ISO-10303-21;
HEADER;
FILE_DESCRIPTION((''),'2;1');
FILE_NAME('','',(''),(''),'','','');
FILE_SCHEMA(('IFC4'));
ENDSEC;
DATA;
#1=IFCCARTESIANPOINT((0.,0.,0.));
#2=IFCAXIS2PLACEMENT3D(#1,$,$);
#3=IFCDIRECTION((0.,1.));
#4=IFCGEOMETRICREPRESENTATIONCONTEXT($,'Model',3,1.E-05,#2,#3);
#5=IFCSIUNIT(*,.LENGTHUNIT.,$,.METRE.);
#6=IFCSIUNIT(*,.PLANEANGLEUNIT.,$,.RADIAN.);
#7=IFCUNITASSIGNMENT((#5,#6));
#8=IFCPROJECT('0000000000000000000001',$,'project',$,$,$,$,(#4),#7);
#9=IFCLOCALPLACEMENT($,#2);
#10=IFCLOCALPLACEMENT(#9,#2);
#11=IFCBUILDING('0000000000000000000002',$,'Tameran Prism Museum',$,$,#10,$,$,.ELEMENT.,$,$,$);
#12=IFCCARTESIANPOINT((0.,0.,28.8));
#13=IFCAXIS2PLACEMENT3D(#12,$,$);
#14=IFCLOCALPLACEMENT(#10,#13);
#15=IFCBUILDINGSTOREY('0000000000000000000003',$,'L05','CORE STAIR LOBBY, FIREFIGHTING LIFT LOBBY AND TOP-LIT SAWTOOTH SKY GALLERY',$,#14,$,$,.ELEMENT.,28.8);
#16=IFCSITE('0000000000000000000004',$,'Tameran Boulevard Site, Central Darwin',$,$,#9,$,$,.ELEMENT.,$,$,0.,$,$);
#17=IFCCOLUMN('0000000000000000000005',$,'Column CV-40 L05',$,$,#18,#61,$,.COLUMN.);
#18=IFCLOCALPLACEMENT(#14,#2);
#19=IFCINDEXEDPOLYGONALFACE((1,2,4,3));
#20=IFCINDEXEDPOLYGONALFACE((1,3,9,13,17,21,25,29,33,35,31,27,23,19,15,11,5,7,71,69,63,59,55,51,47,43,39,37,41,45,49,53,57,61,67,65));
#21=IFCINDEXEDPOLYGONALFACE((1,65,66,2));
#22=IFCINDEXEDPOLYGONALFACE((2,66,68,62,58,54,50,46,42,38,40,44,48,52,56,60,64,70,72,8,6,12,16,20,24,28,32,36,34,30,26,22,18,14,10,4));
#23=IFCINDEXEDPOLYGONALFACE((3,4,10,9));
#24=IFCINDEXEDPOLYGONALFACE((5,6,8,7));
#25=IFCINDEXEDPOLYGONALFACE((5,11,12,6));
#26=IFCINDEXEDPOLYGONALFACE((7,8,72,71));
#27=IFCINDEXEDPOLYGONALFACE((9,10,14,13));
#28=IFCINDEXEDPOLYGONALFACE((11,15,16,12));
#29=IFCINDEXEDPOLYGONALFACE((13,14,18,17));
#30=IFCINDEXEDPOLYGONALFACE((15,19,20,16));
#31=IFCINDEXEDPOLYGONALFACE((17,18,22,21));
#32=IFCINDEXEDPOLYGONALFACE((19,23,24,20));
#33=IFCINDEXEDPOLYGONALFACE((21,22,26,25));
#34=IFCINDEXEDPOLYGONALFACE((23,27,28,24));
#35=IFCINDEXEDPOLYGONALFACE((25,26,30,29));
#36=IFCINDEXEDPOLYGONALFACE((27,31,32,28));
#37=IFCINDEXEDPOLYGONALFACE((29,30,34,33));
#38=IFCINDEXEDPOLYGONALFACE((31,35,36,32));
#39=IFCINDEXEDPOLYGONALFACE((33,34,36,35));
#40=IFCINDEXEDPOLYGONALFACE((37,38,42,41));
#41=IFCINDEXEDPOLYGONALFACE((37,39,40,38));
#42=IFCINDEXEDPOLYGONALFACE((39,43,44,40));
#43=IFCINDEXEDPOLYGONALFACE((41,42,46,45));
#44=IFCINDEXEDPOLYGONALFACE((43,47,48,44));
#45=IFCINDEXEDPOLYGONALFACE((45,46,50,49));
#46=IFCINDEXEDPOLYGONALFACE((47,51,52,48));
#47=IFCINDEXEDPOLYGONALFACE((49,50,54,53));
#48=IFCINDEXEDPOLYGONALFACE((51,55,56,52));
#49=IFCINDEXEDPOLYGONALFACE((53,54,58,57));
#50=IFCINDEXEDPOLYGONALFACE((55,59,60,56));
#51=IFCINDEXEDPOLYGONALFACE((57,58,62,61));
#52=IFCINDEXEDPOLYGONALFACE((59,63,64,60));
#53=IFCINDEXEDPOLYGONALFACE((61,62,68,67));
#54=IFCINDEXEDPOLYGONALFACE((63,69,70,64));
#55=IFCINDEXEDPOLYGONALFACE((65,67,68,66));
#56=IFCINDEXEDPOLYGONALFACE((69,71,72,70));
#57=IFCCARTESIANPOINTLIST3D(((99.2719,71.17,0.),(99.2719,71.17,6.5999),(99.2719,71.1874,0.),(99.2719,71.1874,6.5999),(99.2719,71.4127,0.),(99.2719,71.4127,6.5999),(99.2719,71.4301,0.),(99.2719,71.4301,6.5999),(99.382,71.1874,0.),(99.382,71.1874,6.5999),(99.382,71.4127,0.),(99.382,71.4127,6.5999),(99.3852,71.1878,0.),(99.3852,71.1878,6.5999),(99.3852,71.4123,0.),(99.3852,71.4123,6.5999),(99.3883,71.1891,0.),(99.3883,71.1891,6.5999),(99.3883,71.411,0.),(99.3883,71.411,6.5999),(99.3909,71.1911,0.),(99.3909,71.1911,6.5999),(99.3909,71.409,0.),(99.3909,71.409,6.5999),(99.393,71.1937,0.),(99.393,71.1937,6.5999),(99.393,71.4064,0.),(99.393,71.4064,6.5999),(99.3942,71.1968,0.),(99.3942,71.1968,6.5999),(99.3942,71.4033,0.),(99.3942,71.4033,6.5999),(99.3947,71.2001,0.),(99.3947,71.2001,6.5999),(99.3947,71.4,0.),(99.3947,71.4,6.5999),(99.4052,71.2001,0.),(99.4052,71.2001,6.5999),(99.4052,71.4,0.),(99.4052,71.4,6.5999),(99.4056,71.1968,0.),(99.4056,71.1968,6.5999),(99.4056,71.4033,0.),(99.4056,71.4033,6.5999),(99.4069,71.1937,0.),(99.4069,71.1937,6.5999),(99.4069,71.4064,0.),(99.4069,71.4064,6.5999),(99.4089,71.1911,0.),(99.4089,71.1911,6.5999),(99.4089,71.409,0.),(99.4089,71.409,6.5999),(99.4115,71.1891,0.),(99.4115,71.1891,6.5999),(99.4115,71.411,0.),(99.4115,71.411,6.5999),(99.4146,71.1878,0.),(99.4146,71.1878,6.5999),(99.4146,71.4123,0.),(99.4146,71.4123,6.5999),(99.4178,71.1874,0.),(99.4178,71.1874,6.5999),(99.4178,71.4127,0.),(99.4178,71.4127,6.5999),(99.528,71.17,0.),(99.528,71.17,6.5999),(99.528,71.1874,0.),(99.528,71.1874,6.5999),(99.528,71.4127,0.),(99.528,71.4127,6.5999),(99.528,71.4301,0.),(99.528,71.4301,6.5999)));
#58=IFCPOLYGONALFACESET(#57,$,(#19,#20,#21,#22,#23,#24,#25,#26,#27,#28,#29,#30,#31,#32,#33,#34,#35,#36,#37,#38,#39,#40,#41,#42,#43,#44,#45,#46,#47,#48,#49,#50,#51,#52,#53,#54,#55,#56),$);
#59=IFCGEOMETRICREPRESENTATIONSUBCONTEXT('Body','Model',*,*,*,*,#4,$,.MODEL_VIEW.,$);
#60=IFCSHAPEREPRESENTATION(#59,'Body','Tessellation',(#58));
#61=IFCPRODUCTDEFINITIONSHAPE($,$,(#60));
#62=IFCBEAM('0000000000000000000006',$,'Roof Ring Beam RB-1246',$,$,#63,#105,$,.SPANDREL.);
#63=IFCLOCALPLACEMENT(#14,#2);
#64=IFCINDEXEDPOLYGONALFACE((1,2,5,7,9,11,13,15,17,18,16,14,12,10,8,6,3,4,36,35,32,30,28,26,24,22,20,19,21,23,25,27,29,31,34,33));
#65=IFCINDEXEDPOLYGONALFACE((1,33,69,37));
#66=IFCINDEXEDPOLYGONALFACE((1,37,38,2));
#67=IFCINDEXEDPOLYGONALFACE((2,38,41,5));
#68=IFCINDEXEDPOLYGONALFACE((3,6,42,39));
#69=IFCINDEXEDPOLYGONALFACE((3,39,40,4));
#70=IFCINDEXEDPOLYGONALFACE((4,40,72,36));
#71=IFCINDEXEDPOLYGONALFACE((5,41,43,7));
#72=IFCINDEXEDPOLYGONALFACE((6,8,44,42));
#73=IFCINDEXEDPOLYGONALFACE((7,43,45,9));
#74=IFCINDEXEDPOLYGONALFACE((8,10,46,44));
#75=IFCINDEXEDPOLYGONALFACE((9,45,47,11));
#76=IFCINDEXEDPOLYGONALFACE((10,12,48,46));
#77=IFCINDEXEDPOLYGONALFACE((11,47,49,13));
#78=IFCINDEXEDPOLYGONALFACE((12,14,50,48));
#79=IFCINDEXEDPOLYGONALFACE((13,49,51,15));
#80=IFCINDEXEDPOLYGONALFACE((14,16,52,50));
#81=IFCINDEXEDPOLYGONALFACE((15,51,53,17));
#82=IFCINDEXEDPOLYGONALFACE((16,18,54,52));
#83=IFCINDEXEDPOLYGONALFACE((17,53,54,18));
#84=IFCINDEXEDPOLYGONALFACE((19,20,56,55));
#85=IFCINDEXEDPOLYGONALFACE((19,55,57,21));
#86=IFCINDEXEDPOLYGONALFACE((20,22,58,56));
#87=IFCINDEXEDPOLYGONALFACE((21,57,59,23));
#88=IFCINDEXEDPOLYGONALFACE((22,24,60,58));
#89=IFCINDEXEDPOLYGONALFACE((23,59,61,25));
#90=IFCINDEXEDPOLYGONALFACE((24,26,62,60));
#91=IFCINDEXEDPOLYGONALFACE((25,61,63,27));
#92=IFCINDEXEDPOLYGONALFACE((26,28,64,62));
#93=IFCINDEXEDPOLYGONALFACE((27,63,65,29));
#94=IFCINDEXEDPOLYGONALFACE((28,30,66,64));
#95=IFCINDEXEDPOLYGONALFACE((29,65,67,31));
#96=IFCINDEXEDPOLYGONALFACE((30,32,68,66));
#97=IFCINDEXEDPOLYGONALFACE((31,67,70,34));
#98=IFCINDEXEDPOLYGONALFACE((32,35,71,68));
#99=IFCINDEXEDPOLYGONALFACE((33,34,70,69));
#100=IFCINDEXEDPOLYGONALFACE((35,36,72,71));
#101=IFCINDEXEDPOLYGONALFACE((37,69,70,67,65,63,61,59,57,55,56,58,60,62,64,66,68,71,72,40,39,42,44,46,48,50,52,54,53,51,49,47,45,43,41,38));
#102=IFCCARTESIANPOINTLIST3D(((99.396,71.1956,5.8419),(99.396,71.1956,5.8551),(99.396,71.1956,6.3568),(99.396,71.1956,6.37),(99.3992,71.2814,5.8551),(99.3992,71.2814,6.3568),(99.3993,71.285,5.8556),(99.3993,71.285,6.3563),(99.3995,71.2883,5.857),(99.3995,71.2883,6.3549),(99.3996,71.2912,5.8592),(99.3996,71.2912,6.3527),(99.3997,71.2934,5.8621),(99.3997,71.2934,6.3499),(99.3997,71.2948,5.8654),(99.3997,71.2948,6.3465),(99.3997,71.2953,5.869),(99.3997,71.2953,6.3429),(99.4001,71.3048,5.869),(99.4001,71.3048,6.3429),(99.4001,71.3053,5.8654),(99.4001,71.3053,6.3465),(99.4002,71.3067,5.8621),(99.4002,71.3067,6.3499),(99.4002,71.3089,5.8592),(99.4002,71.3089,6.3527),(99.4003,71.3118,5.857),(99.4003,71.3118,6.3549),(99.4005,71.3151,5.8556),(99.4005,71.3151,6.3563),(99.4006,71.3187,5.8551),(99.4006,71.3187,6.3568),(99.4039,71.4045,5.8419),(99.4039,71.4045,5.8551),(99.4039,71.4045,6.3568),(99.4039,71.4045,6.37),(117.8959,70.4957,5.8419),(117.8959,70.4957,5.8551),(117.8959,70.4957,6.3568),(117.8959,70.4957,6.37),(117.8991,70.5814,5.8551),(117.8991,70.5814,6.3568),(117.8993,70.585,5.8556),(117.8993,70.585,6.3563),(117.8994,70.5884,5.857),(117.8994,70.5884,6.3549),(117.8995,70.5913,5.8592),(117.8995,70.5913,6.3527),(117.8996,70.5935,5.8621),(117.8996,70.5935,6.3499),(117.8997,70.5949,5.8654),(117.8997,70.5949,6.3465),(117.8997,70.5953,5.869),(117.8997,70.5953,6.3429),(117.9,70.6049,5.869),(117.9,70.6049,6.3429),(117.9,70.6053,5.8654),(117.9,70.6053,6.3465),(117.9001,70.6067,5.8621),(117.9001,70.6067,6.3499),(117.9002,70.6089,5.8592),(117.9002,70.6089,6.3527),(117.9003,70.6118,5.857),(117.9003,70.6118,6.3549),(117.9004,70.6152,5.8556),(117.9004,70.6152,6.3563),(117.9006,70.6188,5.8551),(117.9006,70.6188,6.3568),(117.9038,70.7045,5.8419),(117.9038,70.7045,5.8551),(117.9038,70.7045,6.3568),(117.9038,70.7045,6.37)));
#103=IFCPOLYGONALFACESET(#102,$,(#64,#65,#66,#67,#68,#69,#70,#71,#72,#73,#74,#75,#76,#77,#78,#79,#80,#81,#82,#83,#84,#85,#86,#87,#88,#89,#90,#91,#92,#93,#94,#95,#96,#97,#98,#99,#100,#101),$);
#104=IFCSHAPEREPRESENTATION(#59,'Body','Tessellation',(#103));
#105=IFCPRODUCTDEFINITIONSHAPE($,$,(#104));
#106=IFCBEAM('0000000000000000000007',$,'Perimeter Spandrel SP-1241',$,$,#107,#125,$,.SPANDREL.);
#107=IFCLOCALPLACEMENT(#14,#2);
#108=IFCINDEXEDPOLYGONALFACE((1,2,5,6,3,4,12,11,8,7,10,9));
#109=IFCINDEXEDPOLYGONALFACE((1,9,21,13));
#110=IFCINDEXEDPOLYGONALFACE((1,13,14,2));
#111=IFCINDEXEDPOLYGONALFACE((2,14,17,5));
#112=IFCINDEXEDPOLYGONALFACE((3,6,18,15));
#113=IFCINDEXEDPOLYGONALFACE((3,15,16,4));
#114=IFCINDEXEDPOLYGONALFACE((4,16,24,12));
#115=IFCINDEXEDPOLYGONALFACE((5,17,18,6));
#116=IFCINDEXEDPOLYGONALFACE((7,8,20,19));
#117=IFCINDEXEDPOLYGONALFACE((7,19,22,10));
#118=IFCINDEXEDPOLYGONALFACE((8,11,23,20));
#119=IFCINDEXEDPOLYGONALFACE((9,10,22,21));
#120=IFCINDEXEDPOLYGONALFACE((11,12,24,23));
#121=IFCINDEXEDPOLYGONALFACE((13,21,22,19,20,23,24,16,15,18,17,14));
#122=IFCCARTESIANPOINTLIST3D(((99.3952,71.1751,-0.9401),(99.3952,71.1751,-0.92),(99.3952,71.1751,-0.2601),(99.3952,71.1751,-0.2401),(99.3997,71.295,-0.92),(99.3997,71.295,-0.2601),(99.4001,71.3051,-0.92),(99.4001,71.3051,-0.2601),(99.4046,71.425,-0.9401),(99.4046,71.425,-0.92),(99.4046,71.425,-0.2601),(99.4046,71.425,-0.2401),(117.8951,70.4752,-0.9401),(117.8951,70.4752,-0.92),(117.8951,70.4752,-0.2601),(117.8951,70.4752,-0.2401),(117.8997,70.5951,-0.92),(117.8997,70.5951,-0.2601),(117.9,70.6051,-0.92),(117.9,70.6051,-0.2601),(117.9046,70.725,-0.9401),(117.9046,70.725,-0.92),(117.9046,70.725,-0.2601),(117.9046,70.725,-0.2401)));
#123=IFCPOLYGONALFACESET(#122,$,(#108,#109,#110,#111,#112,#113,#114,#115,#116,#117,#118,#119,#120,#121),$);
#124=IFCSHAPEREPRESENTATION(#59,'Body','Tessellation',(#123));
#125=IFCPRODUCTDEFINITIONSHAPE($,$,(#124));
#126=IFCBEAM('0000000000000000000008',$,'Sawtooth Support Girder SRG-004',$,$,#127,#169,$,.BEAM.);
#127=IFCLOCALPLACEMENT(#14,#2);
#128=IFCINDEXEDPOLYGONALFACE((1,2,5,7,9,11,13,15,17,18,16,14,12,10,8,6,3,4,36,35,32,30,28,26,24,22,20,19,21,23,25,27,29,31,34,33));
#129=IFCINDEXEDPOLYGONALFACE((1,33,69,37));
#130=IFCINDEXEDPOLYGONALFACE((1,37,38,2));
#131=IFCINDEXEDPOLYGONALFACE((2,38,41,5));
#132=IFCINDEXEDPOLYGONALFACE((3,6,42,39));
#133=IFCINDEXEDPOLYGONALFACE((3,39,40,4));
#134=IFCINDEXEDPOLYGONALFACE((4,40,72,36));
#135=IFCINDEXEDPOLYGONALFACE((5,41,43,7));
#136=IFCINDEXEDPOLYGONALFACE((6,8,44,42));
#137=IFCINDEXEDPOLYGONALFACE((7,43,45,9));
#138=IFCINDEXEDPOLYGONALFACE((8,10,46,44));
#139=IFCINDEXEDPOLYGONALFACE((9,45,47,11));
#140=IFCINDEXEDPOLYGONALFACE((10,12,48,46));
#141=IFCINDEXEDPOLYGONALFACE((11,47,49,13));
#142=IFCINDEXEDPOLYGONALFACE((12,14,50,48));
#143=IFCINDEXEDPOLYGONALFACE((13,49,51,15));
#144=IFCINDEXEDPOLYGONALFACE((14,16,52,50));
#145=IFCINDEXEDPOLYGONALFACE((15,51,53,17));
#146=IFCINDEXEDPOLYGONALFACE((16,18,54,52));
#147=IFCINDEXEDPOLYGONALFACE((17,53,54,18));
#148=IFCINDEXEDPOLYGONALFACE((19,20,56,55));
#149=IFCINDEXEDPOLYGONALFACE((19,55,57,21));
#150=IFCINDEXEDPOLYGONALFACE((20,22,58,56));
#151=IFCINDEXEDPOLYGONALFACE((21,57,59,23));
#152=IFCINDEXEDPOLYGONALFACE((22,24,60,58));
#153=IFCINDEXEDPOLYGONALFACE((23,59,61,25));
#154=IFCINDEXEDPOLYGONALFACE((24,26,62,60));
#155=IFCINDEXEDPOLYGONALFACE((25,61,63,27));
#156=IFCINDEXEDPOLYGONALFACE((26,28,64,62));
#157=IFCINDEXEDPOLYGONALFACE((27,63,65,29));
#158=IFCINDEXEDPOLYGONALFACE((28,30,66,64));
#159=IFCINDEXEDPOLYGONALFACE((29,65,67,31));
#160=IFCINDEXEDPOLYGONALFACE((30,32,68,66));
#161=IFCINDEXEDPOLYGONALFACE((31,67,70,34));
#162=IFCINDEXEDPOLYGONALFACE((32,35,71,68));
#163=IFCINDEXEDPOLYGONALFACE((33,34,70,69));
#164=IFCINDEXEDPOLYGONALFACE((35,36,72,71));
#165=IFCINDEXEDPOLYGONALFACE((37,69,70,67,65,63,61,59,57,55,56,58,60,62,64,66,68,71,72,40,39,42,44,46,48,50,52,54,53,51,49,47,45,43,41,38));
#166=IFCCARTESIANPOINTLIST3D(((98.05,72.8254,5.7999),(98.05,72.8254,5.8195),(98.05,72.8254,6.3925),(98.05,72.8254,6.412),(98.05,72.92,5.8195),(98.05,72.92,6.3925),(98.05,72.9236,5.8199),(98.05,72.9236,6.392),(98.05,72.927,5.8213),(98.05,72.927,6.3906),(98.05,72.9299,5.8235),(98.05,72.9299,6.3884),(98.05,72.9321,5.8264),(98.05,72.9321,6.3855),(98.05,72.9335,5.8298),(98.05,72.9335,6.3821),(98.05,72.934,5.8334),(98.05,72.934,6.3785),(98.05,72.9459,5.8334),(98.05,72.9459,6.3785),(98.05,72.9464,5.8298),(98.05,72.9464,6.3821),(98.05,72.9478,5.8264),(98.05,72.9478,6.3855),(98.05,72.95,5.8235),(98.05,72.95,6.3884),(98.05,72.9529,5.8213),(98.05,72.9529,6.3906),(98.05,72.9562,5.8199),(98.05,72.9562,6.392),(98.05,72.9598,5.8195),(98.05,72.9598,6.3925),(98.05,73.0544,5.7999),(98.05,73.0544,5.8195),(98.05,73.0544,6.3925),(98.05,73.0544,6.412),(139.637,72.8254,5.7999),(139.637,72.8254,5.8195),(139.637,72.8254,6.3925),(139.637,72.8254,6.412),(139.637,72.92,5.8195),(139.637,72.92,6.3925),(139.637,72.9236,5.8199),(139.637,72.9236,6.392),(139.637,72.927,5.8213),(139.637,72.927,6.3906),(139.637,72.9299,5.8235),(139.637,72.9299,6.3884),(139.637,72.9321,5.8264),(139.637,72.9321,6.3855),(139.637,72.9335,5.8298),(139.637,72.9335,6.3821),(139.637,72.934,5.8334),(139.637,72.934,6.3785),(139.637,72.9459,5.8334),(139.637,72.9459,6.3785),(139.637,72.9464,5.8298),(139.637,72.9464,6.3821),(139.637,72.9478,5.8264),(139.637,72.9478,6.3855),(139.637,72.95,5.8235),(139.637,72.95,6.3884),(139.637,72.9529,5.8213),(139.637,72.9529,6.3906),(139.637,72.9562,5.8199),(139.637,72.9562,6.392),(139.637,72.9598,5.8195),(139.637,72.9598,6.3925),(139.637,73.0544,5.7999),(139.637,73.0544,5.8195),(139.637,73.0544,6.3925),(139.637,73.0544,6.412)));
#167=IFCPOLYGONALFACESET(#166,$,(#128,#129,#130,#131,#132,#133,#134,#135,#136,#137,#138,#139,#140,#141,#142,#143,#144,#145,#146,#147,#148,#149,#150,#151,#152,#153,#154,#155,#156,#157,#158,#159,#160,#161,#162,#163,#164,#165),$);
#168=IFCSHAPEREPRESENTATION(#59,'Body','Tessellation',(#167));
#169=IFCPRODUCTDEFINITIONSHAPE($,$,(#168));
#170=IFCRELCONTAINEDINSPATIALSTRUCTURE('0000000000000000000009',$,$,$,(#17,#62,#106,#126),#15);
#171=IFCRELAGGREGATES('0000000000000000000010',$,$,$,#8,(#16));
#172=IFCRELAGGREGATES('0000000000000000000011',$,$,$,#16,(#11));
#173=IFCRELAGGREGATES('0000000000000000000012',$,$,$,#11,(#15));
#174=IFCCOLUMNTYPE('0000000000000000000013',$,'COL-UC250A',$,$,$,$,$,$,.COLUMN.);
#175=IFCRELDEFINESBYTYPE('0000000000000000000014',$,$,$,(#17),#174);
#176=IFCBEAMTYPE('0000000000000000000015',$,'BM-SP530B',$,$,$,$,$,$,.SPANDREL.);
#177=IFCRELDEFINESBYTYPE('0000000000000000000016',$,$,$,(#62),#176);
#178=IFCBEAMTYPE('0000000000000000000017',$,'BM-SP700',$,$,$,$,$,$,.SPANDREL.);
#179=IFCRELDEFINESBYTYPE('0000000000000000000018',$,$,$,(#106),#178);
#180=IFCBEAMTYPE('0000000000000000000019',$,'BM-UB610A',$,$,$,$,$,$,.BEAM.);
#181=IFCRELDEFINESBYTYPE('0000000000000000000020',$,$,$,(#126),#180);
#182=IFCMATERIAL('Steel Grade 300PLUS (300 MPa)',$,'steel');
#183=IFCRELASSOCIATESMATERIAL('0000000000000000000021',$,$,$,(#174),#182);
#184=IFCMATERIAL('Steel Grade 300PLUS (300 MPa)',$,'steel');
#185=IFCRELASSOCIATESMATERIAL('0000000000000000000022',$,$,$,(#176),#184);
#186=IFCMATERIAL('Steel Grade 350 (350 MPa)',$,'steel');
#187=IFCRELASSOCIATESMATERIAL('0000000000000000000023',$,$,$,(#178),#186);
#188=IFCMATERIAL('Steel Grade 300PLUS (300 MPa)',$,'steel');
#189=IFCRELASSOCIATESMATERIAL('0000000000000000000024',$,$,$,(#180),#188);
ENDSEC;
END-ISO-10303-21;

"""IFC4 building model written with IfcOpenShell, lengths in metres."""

from ifc_helpers import new_model, si_unit, direction, frame, origin, origin_2d, place, context, subcontext, project, spatial, i_section, extrude, material, material_profile, profile_set, type_object, element, save


model = new_model("IFC4")

# Units and contexts
model_context = context("Model", 3, precision=1e-05, world=origin(), true_north=direction((0.0, 1.0)))
body_context = subcontext(model_context, "Body", "Model", "MODEL_VIEW")
ifc_project = project(units=[si_unit("LENGTHUNIT", "METRE"), si_unit("PLANEANGLEUNIT", "RADIAN")], contexts=[model_context])

# Site, building, storey
site_placement = place(None, origin())
site = spatial("IfcSite", under=ifc_project, at=site_placement, Name="Tameran Boulevard Site, Central Darwin", CompositionType="ELEMENT", RefElevation=0.0)
building_placement = place(site_placement, origin())
building = spatial("IfcBuilding", under=site, at=building_placement, Name="Tameran Prism Museum", CompositionType="ELEMENT")
storey_placement = place(building_placement, frame((0.0, 0.0, 28.8)))
storey = spatial("IfcBuildingStorey", under=building, at=storey_placement, Name="L05", Description="CORE STAIR LOBBY, FIREFIGHTING LIFT LOBBY AND TOP-LIT SAWTOOTH SKY GALLERY", CompositionType="ELEMENT", Elevation=28.8)

# Column
ifc_material_1 = material(Name="Steel Grade 300PLUS (300 MPa)", Category="steel")
ifc_material_profile_1 = material_profile(ifc_material_1, i_section(OverallWidth=0.2561, OverallDepth=0.26, WebThickness=0.0105, FlangeThickness=0.0173, FilletRadius=0.0127, at=origin_2d()))
ifc_profile_set_1 = profile_set([ifc_material_profile_1])
column_type = type_object("IfcColumnType", Name="COL-UC250A", PredefinedType="COLUMN", material=ifc_profile_set_1)
column_placement = place(storey_placement, frame((99.3999, 71.3, 0.0), z_axis=(0.0, 0.0, 1.0), x_axis=(1.0, 0.0, 0.0)))
element("IfcColumn", 1, at=column_placement, inside=storey, type_object=column_type, Name="Column CV-40 L05", PredefinedType="COLUMN", context=body_context, shape_type="SweptSolid", body=[
    extrude(i_section(OverallWidth=0.2561, OverallDepth=0.26, WebThickness=0.0105, FlangeThickness=0.0173, FilletRadius=0.0127, at=origin_2d()), origin(), (0.0, 0.0, 1.0), 6.5999),
])

# Beams
ifc_material_2 = material(Name="Steel Grade 300PLUS (300 MPa)", Category="steel")
ifc_material_profile_2 = material_profile(ifc_material_2, i_section(OverallWidth=0.209, OverallDepth=0.5281, WebThickness=0.0095, FlangeThickness=0.0132, FilletRadius=0.0139, at=origin_2d()))
ifc_profile_set_2 = profile_set([ifc_material_profile_2])
beam_type_1 = type_object("IfcBeamType", Name="BM-SP530B", PredefinedType="SPANDREL", material=ifc_profile_set_2)
beam_1_placement = place(storey_placement, frame((99.3999, 71.3, 6.106), z_axis=(0.999285, -0.037808, 0.0), x_axis=(0.037808, 0.999285, 0.0)))
element("IfcBeam", 2, at=beam_1_placement, inside=storey, type_object=beam_type_1, Name="Roof Ring Beam RB-1246", PredefinedType="SPANDREL", context=body_context, shape_type="SweptSolid", body=[
    extrude(i_section(OverallWidth=0.209, OverallDepth=0.5281, WebThickness=0.0095, FlangeThickness=0.0132, FilletRadius=0.0139, at=origin_2d()), origin(), (0.0, 0.0, 1.0), 18.5132),
])
ifc_material_3 = material(Name="Steel Grade 350 (350 MPa)", Category="steel")
ifc_material_profile_3 = material_profile(ifc_material_3, i_section(OverallWidth=0.25, OverallDepth=0.7, WebThickness=0.01, FlangeThickness=0.02, at=origin_2d()))
ifc_profile_set_3 = profile_set([ifc_material_profile_3])
beam_type_2 = type_object("IfcBeamType", Name="BM-SP700", PredefinedType="SPANDREL", material=ifc_profile_set_3)
beam_2_placement = place(storey_placement, frame((99.3999, 71.3, -0.5901), z_axis=(0.999285, -0.037808, 0.0), x_axis=(0.037808, 0.999285, 0.0)))
element("IfcBeam", 3, at=beam_2_placement, inside=storey, type_object=beam_type_2, Name="Perimeter Spandrel SP-1241", PredefinedType="SPANDREL", context=body_context, shape_type="SweptSolid", body=[
    extrude(i_section(OverallWidth=0.25, OverallDepth=0.7, WebThickness=0.01, FlangeThickness=0.02, at=origin_2d()), origin(), (0.0, 0.0, 1.0), 18.5132),
])
ifc_material_4 = material(Name="Steel Grade 300PLUS (300 MPa)", Category="steel")
ifc_material_profile_4 = material_profile(ifc_material_4, i_section(OverallWidth=0.229, OverallDepth=0.6121, WebThickness=0.012, FlangeThickness=0.0195, FilletRadius=0.0139, at=origin_2d()))
ifc_profile_set_4 = profile_set([ifc_material_profile_4])
beam_type_3 = type_object("IfcBeamType", Name="BM-UB610A", PredefinedType="BEAM", material=ifc_profile_set_4)
beam_3_placement = place(storey_placement, frame((98.05, 72.9399, 6.106), z_axis=(1.0, 0.0, 0.0), x_axis=(0.0, 1.0, 0.0)))
element("IfcBeam", 4, at=beam_3_placement, inside=storey, type_object=beam_type_3, Name="Sawtooth Support Girder SRG-004", PredefinedType="BEAM", context=body_context, shape_type="SweptSolid", body=[
    extrude(i_section(OverallWidth=0.229, OverallDepth=0.6121, WebThickness=0.012, FlangeThickness=0.0195, FilletRadius=0.0139, at=origin_2d()), origin(), (0.0, 0.0, 1.0), 41.5869),
])

save(model, "model.ifc")
